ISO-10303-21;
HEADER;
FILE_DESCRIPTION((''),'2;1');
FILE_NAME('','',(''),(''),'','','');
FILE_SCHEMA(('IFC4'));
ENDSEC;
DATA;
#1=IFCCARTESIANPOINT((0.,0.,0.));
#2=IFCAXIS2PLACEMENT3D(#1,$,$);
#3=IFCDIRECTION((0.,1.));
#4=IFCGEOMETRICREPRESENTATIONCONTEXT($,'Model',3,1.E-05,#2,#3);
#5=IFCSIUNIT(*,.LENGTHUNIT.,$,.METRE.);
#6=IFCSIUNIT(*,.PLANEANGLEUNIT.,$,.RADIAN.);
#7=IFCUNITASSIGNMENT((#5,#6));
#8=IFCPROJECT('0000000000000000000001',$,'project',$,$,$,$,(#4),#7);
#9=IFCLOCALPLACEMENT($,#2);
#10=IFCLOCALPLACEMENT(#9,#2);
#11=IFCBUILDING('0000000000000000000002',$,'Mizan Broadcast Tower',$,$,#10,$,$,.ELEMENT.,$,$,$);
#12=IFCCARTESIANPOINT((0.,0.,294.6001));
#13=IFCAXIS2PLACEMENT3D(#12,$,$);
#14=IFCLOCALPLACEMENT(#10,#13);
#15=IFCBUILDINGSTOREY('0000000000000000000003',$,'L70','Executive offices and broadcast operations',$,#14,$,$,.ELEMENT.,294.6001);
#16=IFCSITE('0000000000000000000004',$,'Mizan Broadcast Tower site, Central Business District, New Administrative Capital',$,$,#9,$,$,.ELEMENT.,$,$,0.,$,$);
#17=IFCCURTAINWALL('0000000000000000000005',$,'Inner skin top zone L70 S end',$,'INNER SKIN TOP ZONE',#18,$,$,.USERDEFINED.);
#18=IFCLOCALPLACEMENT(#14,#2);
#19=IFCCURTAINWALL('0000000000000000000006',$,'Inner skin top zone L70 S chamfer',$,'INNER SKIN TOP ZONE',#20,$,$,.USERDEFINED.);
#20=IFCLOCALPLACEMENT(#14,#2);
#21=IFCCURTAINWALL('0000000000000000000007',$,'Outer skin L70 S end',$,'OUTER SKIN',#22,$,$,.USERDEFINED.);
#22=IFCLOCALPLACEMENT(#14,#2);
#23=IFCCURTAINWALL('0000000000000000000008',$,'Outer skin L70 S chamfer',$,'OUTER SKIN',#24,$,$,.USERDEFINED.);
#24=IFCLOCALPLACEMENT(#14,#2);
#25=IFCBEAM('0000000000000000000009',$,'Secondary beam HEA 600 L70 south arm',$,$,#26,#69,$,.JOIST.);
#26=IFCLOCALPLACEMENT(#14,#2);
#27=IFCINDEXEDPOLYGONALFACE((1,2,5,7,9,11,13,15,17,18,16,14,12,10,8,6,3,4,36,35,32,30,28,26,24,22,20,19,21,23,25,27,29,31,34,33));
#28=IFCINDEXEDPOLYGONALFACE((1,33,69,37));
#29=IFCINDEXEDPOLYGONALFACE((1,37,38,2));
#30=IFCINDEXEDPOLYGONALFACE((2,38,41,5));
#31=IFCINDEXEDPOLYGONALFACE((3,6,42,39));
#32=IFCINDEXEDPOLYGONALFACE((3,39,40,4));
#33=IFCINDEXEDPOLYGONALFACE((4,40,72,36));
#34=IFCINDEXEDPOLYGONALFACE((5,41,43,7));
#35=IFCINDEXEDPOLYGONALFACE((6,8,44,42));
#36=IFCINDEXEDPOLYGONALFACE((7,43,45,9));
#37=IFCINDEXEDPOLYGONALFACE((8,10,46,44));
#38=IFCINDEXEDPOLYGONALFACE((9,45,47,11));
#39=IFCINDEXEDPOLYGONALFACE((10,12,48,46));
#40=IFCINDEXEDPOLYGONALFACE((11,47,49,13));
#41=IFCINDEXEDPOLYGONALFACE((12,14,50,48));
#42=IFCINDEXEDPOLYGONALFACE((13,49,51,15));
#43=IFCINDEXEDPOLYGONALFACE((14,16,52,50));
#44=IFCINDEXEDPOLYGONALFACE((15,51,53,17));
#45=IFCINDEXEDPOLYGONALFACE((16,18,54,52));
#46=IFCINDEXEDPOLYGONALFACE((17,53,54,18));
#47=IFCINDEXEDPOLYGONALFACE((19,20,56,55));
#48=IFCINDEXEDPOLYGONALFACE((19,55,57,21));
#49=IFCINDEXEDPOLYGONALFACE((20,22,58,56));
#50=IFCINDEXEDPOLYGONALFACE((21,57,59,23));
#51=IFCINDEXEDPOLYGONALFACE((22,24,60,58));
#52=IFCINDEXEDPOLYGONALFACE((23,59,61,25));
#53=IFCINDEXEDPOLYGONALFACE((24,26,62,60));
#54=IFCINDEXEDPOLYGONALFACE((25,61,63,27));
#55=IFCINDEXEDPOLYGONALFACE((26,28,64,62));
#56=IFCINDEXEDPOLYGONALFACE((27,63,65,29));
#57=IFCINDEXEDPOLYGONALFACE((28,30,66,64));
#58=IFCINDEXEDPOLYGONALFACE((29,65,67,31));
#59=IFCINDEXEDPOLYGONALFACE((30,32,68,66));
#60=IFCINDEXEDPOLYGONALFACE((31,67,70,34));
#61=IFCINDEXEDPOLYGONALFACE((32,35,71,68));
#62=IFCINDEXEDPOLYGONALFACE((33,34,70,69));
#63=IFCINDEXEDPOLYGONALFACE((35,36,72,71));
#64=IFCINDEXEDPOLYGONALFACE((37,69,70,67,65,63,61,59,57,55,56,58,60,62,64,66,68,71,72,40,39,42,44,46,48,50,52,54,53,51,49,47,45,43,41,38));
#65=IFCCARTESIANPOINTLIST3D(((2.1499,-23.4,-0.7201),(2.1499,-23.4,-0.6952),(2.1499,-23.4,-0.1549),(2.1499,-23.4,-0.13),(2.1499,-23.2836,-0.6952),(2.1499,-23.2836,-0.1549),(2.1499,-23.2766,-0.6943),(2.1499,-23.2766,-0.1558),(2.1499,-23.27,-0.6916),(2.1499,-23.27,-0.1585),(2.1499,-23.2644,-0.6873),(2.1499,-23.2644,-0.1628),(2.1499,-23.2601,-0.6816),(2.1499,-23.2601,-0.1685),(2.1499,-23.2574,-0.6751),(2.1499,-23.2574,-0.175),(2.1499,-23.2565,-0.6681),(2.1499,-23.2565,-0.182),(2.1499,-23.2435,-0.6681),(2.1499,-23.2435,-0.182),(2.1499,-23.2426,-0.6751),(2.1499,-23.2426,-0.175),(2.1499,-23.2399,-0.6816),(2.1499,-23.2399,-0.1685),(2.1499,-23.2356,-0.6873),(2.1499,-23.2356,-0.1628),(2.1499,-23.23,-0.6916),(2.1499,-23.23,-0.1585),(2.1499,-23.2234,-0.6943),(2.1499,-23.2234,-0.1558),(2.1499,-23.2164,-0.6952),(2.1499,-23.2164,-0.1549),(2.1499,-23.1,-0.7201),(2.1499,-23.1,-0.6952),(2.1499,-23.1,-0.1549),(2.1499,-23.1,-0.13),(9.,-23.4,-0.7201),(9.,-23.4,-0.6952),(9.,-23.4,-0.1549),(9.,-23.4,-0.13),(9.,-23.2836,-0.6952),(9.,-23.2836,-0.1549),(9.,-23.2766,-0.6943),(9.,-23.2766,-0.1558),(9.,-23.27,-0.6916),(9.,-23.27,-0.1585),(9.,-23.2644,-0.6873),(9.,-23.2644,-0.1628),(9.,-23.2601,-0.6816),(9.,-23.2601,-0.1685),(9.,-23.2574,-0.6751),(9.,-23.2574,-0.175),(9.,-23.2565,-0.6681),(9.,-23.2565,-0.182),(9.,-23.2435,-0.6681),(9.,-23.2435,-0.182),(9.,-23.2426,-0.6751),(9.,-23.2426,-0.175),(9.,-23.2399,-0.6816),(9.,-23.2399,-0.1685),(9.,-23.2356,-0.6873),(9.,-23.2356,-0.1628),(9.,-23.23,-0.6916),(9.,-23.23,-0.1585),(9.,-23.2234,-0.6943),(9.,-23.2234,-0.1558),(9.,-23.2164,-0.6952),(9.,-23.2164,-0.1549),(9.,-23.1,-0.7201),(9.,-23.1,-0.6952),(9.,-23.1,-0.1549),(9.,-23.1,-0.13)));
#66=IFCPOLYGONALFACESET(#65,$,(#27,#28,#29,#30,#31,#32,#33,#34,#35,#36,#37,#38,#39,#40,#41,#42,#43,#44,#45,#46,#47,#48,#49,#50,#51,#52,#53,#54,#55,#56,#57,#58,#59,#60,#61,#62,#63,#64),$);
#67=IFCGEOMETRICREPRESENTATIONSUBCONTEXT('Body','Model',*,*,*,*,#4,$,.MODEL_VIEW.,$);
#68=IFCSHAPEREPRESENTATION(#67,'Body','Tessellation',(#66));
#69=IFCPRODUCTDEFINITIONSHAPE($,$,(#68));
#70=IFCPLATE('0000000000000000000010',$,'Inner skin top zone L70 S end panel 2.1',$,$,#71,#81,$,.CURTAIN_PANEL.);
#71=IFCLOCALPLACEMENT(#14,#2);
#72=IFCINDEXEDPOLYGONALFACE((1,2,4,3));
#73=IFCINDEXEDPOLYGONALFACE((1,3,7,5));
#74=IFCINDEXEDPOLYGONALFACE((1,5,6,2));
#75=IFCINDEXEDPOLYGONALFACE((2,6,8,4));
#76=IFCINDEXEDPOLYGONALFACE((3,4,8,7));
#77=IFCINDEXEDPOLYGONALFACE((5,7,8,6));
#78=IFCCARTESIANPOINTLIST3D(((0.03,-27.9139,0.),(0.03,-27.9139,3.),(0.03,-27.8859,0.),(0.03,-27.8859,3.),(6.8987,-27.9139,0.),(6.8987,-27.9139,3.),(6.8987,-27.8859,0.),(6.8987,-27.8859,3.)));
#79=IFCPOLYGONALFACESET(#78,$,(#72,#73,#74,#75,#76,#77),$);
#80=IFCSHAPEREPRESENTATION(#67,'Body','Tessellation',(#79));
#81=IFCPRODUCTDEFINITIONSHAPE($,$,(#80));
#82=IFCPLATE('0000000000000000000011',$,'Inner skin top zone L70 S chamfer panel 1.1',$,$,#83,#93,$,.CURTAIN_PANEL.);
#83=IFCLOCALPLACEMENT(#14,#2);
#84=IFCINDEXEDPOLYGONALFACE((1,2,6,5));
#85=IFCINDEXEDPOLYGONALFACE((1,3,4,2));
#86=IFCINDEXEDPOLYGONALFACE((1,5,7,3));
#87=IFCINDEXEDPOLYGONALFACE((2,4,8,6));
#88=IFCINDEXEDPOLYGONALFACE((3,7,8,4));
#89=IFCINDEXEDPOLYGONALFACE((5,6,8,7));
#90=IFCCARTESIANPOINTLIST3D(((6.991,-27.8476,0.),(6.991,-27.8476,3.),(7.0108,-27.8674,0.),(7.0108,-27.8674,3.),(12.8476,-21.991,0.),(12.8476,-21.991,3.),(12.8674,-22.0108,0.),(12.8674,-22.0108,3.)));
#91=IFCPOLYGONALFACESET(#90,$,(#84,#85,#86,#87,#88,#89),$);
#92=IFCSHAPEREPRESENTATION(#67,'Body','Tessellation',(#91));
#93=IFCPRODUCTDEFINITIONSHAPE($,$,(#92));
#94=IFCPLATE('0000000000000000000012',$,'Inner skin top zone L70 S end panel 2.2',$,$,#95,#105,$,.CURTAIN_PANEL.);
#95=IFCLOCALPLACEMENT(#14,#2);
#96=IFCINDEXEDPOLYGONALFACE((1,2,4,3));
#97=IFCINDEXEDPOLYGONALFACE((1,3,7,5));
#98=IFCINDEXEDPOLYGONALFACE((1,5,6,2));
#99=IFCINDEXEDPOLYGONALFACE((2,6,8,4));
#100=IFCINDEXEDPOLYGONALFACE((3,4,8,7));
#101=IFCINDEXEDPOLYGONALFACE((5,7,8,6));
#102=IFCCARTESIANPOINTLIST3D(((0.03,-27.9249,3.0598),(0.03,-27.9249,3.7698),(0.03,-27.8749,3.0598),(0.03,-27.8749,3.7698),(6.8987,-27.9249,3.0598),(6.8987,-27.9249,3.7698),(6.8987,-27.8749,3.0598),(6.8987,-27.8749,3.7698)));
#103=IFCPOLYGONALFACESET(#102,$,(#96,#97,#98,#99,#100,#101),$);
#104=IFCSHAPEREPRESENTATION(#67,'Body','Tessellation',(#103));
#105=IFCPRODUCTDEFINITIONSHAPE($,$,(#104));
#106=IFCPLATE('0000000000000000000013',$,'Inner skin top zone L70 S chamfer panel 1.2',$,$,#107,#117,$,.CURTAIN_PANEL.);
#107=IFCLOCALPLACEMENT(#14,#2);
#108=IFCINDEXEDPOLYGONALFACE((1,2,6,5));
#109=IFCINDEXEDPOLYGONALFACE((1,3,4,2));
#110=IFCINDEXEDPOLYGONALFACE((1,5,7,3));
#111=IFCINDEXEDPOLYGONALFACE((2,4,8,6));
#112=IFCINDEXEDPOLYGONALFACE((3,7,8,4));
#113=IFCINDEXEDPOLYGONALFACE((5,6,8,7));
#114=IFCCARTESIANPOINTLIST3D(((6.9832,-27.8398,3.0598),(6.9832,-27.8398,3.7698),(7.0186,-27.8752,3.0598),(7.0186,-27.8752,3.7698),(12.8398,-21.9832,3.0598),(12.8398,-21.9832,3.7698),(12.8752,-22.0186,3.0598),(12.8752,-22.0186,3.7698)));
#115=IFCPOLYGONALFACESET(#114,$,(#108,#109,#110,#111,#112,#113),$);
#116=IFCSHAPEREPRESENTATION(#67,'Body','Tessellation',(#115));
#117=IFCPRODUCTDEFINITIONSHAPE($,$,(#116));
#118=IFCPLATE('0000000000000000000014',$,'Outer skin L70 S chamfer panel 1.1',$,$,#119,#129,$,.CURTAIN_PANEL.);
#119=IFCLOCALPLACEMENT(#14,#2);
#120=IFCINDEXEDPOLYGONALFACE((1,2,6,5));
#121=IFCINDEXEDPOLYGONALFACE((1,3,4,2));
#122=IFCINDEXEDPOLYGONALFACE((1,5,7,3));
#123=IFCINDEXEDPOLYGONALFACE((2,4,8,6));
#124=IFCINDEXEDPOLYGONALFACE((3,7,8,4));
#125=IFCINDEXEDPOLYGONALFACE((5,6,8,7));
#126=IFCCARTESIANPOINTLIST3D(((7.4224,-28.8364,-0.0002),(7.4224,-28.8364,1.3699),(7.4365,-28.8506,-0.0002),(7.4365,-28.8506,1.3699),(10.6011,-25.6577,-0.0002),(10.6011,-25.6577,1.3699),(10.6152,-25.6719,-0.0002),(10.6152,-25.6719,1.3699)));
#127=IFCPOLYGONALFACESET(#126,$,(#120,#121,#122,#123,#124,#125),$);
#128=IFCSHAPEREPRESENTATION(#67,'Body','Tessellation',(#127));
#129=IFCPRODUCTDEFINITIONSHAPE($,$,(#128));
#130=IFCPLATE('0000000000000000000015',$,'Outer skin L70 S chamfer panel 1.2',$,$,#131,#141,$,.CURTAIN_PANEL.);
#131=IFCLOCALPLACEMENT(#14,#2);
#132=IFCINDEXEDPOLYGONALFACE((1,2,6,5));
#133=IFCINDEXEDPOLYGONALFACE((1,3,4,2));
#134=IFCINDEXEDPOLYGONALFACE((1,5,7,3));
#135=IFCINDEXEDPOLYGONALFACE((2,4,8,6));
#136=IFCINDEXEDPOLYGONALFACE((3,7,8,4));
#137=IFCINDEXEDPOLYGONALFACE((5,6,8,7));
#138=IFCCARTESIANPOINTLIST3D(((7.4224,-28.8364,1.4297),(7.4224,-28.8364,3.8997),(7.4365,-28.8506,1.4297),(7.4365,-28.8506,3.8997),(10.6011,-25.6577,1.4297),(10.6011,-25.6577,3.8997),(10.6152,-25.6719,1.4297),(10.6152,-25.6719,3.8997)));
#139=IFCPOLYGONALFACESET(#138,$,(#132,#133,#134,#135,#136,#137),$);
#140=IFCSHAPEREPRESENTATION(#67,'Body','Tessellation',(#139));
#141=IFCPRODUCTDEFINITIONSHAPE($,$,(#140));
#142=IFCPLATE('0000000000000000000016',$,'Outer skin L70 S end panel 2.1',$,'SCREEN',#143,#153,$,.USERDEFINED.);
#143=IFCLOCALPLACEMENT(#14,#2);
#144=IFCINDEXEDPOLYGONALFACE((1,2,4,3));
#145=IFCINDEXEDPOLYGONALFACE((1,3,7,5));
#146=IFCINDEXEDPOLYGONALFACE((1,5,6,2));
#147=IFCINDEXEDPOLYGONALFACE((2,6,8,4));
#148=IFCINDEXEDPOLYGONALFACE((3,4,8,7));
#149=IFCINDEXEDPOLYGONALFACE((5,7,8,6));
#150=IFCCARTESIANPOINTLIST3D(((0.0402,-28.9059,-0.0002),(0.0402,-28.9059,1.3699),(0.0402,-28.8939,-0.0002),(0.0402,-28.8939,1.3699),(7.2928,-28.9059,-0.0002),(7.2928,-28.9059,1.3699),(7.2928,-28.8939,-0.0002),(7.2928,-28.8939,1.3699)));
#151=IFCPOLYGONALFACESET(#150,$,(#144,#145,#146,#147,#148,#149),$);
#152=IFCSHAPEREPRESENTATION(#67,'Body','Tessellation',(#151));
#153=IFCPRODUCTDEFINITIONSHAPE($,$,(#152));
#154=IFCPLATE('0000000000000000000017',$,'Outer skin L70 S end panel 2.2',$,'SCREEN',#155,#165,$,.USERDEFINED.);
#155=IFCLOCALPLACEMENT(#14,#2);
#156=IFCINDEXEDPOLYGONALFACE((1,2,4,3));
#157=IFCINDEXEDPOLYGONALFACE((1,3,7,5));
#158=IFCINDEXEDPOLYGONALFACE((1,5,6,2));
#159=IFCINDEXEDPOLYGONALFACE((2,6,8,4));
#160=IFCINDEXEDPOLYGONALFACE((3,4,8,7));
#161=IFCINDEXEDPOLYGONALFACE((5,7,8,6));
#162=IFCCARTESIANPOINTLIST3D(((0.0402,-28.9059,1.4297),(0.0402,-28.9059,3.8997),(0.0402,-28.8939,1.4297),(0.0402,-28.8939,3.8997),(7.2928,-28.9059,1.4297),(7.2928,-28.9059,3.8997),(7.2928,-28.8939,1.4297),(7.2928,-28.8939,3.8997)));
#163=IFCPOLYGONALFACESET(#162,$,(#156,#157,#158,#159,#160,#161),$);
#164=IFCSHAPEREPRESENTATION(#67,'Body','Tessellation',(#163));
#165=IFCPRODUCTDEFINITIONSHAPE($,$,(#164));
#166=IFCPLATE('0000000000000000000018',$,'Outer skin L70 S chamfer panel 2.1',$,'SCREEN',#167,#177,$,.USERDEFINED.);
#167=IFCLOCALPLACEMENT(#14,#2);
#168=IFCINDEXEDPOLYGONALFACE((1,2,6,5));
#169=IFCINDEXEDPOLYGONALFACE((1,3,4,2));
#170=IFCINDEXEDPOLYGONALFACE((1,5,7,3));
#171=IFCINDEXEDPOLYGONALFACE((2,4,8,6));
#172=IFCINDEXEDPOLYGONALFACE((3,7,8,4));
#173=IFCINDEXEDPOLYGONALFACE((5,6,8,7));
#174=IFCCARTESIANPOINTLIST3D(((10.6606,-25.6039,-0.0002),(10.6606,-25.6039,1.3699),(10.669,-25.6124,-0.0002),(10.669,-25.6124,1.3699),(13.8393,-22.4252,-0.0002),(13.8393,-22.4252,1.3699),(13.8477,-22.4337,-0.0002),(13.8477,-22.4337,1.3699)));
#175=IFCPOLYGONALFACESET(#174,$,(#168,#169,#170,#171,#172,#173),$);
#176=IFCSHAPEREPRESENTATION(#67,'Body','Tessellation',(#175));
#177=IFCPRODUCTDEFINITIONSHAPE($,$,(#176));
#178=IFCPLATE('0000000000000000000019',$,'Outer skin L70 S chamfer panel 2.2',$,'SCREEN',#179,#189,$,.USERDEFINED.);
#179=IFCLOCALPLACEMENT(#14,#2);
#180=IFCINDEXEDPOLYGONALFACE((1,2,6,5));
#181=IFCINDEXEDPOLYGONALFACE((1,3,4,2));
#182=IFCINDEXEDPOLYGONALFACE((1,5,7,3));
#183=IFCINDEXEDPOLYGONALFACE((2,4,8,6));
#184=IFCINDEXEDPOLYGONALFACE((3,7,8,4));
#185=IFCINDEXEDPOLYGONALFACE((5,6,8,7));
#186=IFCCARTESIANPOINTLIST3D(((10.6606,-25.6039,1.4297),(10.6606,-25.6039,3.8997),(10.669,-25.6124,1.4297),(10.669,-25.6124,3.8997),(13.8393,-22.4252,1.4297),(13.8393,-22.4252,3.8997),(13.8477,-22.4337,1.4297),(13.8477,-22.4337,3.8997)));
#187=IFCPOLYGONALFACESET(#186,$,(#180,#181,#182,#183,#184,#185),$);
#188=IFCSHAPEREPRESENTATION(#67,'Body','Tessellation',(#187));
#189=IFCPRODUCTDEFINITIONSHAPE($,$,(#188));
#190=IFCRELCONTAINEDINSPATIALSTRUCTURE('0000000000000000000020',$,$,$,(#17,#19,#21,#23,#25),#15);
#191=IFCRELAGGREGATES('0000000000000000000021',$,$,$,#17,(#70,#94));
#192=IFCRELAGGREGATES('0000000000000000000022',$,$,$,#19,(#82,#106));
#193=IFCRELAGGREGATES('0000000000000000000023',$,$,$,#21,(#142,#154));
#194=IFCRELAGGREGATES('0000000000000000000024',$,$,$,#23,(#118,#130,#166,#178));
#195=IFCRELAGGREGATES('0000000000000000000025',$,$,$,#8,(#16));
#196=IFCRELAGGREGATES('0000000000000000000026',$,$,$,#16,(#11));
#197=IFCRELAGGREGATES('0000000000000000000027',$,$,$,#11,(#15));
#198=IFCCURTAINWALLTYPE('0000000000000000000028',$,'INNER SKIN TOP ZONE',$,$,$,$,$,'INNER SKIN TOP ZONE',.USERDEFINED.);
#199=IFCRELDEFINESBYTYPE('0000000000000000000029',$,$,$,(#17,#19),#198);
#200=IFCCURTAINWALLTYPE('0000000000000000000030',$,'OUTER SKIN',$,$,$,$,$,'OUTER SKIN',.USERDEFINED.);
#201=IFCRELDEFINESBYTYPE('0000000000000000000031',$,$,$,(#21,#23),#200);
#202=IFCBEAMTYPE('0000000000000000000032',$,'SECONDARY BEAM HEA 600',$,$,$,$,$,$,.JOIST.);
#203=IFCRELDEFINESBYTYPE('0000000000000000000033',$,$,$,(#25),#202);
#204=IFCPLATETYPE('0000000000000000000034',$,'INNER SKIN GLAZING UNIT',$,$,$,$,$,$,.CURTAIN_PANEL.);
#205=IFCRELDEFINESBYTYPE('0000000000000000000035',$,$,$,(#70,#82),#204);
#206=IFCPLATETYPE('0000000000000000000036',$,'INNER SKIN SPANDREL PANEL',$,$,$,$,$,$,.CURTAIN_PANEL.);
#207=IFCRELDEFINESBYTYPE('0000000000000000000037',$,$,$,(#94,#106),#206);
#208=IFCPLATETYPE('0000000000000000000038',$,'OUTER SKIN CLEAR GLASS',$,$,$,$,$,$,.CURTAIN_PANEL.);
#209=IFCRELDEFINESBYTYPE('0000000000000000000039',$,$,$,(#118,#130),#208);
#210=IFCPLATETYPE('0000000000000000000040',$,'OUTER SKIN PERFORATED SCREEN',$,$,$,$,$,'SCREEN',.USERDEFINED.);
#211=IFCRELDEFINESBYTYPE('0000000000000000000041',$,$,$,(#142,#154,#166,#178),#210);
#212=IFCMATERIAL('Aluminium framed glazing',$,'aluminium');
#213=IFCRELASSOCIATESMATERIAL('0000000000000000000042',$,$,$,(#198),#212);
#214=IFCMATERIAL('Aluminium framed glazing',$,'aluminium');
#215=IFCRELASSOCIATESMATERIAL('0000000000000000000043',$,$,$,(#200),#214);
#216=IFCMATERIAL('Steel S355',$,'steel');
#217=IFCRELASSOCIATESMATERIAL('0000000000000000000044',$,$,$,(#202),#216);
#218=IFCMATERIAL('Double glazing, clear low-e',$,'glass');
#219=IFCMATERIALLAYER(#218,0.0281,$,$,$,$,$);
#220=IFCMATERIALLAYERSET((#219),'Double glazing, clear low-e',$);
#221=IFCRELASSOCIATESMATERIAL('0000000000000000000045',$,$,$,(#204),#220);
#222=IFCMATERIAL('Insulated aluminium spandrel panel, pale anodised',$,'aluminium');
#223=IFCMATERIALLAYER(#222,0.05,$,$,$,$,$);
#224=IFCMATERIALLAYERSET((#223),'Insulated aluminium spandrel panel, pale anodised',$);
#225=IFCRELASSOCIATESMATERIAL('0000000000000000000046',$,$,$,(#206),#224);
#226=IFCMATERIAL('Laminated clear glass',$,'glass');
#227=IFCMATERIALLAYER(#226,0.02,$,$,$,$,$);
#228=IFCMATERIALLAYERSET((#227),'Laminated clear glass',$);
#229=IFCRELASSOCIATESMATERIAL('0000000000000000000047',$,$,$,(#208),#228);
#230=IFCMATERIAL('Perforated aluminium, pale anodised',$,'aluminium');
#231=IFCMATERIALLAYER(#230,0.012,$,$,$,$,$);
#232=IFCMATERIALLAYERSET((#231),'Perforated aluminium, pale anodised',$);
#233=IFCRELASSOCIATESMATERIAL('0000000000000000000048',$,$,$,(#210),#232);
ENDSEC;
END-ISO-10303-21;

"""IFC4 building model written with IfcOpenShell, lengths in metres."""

from ifc_helpers import new_model, si_unit, direction, frame, origin, origin_2d, place, context, subcontext, project, spatial, rectangle, i_section, extrude, material, layer, layer_set, material_profile, profile_set, type_object, element, aggregate, save


model = new_model("IFC4")

# Units and contexts
model_context = context("Model", 3, precision=1e-05, world=origin(), true_north=direction((0.0, 1.0)))
body_context = subcontext(model_context, "Body", "Model", "MODEL_VIEW")
ifc_project = project(units=[si_unit("LENGTHUNIT", "METRE"), si_unit("PLANEANGLEUNIT", "RADIAN")], contexts=[model_context])

# Site, building, storey
site_placement = place(None, origin())
site = spatial("IfcSite", under=ifc_project, at=site_placement, Name="Mizan Broadcast Tower site, Central Business District, New Administrative Capital", CompositionType="ELEMENT", RefElevation=0.0)
building_placement = place(site_placement, origin())
building = spatial("IfcBuilding", under=site, at=building_placement, Name="Mizan Broadcast Tower", CompositionType="ELEMENT")
storey_placement = place(building_placement, frame((0.0, 0.0, 294.6001)))
storey = spatial("IfcBuildingStorey", under=building, at=storey_placement, Name="L70", Description="Executive offices and broadcast operations", CompositionType="ELEMENT", Elevation=294.6001)

# Curtain walls
ifc_material_1 = material(Name="Aluminium framed glazing", Category="aluminium")
curtain_wall_type_1 = type_object("IfcCurtainWallType", Name="INNER SKIN TOP ZONE", ElementType="INNER SKIN TOP ZONE", PredefinedType="USERDEFINED", material=ifc_material_1)
curtain_wall_1_placement = place(storey_placement, origin())
curtain_wall_1 = element("IfcCurtainWall", 1, at=curtain_wall_1_placement, inside=storey, type_object=curtain_wall_type_1, Name="Inner skin top zone L70 S end", ObjectType="INNER SKIN TOP ZONE", PredefinedType="USERDEFINED")
curtain_wall_2_placement = place(storey_placement, origin())
curtain_wall_2 = element("IfcCurtainWall", 2, at=curtain_wall_2_placement, inside=storey, type_object=curtain_wall_type_1, Name="Inner skin top zone L70 S chamfer", ObjectType="INNER SKIN TOP ZONE", PredefinedType="USERDEFINED")

# Curtain walls
ifc_material_2 = material(Name="Aluminium framed glazing", Category="aluminium")
curtain_wall_type_2 = type_object("IfcCurtainWallType", Name="OUTER SKIN", ElementType="OUTER SKIN", PredefinedType="USERDEFINED", material=ifc_material_2)
curtain_wall_3_placement = place(storey_placement, origin())
curtain_wall_3 = element("IfcCurtainWall", 3, at=curtain_wall_3_placement, inside=storey, type_object=curtain_wall_type_2, Name="Outer skin L70 S end", ObjectType="OUTER SKIN", PredefinedType="USERDEFINED")
curtain_wall_4_placement = place(storey_placement, origin())
curtain_wall_4 = element("IfcCurtainWall", 4, at=curtain_wall_4_placement, inside=storey, type_object=curtain_wall_type_2, Name="Outer skin L70 S chamfer", ObjectType="OUTER SKIN", PredefinedType="USERDEFINED")

# Beam
ifc_material_3 = material(Name="Steel S355", Category="steel")
ifc_material_profile_1 = material_profile(ifc_material_3, i_section(OverallWidth=0.3, OverallDepth=0.5901, WebThickness=0.0129, FlangeThickness=0.0249, FilletRadius=0.0271, at=origin_2d()), Name="HEA 600")
ifc_profile_set_1 = profile_set([ifc_material_profile_1], Name="Steel S355")
beam_type_1 = type_object("IfcBeamType", Name="SECONDARY BEAM HEA 600", PredefinedType="JOIST", material=ifc_profile_set_1)
beam_1_placement = place(storey_placement, frame((9.0, -23.25, -0.425), z_axis=(-1.0, 0.0, 0.0), x_axis=(0.0, -1.0, 0.0)))
element("IfcBeam", 5, at=beam_1_placement, inside=storey, type_object=beam_type_1, Name="Secondary beam HEA 600 L70 south arm", PredefinedType="JOIST", context=body_context, shape_type="SweptSolid", body=[
    extrude(i_section(OverallWidth=0.3, OverallDepth=0.5901, WebThickness=0.0129, FlangeThickness=0.0249, FilletRadius=0.0271, at=origin_2d()), origin(), (0.0, 0.0, 1.0), 6.8501),
])

# Plates
ifc_material_4 = material(Name="Double glazing, clear low-e", Category="glass")
ifc_layer_1 = layer(ifc_material_4, 0.0281)
ifc_layer_set_1 = layer_set([ifc_layer_1], Name="Double glazing, clear low-e")
plate_type_1 = type_object("IfcPlateType", Name="INNER SKIN GLAZING UNIT", PredefinedType="CURTAIN_PANEL", material=ifc_layer_set_1)
plate_1_placement = place(storey_placement, frame((3.4644, -27.8999, 0.0), z_axis=(0.0, 0.0, 1.0), x_axis=(1.0, 0.0, 0.0)))
plate_1 = element("IfcPlate", 6, at=plate_1_placement, type_object=plate_type_1, Name="Inner skin top zone L70 S end panel 2.1", PredefinedType="CURTAIN_PANEL", context=body_context, shape_type="SweptSolid", body=[
    extrude(rectangle(XDim=6.8687, YDim=0.0281, at=origin_2d()), origin(), (0.0, 0.0, 1.0), 3.0),
])
plate_2_placement = place(storey_placement, frame((9.9292, -24.9292, 0.0), z_axis=(0.0, 0.0, 1.0), x_axis=(0.707107, 0.707107, 0.0)))
plate_2 = element("IfcPlate", 7, at=plate_2_placement, type_object=plate_type_1, Name="Inner skin top zone L70 S chamfer panel 1.1", PredefinedType="CURTAIN_PANEL", context=body_context, shape_type="SweptSolid", body=[
    extrude(rectangle(XDim=8.2825, YDim=0.0281, at=origin_2d()), origin(), (0.0, 0.0, 1.0), 3.0),
])
ifc_material_5 = material(Name="Insulated aluminium spandrel panel, pale anodised", Category="aluminium")
ifc_layer_2 = layer(ifc_material_5, 0.05)
ifc_layer_set_2 = layer_set([ifc_layer_2], Name="Insulated aluminium spandrel panel, pale anodised")
plate_type_2 = type_object("IfcPlateType", Name="INNER SKIN SPANDREL PANEL", PredefinedType="CURTAIN_PANEL", material=ifc_layer_set_2)
plate_3_placement = place(storey_placement, frame((3.4644, -27.8999, 3.0598), z_axis=(0.0, 0.0, 1.0), x_axis=(1.0, 0.0, 0.0)))
plate_3 = element("IfcPlate", 8, at=plate_3_placement, type_object=plate_type_2, Name="Inner skin top zone L70 S end panel 2.2", PredefinedType="CURTAIN_PANEL", context=body_context, shape_type="SweptSolid", body=[
    extrude(rectangle(XDim=6.8687, YDim=0.05, at=origin_2d()), origin(), (0.0, 0.0, 1.0), 0.71),
])
aggregate(curtain_wall_1, [plate_1, plate_3])
plate_4_placement = place(storey_placement, frame((9.9292, -24.9292, 3.0598), z_axis=(0.0, 0.0, 1.0), x_axis=(0.707107, 0.707107, 0.0)))
plate_4 = element("IfcPlate", 9, at=plate_4_placement, type_object=plate_type_2, Name="Inner skin top zone L70 S chamfer panel 1.2", PredefinedType="CURTAIN_PANEL", context=body_context, shape_type="SweptSolid", body=[
    extrude(rectangle(XDim=8.2825, YDim=0.05, at=origin_2d()), origin(), (0.0, 0.0, 1.0), 0.71),
])
aggregate(curtain_wall_2, [plate_2, plate_4])
ifc_material_6 = material(Name="Laminated clear glass", Category="glass")
ifc_layer_3 = layer(ifc_material_6, 0.02)
ifc_layer_set_3 = layer_set([ifc_layer_3], Name="Laminated clear glass")
plate_type_3 = type_object("IfcPlateType", Name="OUTER SKIN CLEAR GLASS", PredefinedType="CURTAIN_PANEL", material=ifc_layer_set_3)
plate_5_placement = place(storey_placement, frame((9.0188, -27.2542, -0.0002), z_axis=(0.0, 0.0, 1.0), x_axis=(0.707107, 0.707107, 0.0)))
plate_5 = element("IfcPlate", 10, at=plate_5_placement, type_object=plate_type_3, Name="Outer skin L70 S chamfer panel 1.1", PredefinedType="CURTAIN_PANEL", context=body_context, shape_type="SweptSolid", body=[
    extrude(rectangle(XDim=4.4954, YDim=0.02, at=origin_2d()), origin(), (0.0, 0.0, 1.0), 1.3701),
])
plate_6_placement = place(storey_placement, frame((9.0188, -27.2542, 1.4297), z_axis=(0.0, 0.0, 1.0), x_axis=(0.707107, 0.707107, 0.0)))
plate_6 = element("IfcPlate", 11, at=plate_6_placement, type_object=plate_type_3, Name="Outer skin L70 S chamfer panel 1.2", PredefinedType="CURTAIN_PANEL", context=body_context, shape_type="SweptSolid", body=[
    extrude(rectangle(XDim=4.4954, YDim=0.02, at=origin_2d()), origin(), (0.0, 0.0, 1.0), 2.47),
])
ifc_material_7 = material(Name="Perforated aluminium, pale anodised", Category="aluminium")
ifc_layer_4 = layer(ifc_material_7, 0.012)
ifc_layer_set_4 = layer_set([ifc_layer_4], Name="Perforated aluminium, pale anodised")
plate_type_4 = type_object("IfcPlateType", Name="OUTER SKIN PERFORATED SCREEN", ElementType="SCREEN", PredefinedType="USERDEFINED", material=ifc_layer_set_4)
plate_7_placement = place(storey_placement, frame((3.6665, -28.8999, -0.0002), z_axis=(0.0, 0.0, 1.0), x_axis=(1.0, 0.0, 0.0)))
plate_7 = element("IfcPlate", 12, at=plate_7_placement, type_object=plate_type_4, Name="Outer skin L70 S end panel 2.1", ObjectType="SCREEN", PredefinedType="USERDEFINED", context=body_context, shape_type="SweptSolid", body=[
    extrude(rectangle(XDim=7.2527, YDim=0.012, at=origin_2d()), origin(), (0.0, 0.0, 1.0), 1.3701),
])
plate_8_placement = place(storey_placement, frame((3.6665, -28.8999, 1.4297), z_axis=(0.0, 0.0, 1.0), x_axis=(1.0, 0.0, 0.0)))
plate_8 = element("IfcPlate", 13, at=plate_8_placement, type_object=plate_type_4, Name="Outer skin L70 S end panel 2.2", ObjectType="SCREEN", PredefinedType="USERDEFINED", context=body_context, shape_type="SweptSolid", body=[
    extrude(rectangle(XDim=7.2527, YDim=0.012, at=origin_2d()), origin(), (0.0, 0.0, 1.0), 2.47),
])
aggregate(curtain_wall_3, [plate_7, plate_8])
plate_9_placement = place(storey_placement, frame((12.2542, -24.0188, -0.0002), z_axis=(0.0, 0.0, 1.0), x_axis=(0.707107, 0.707107, 0.0)))
plate_9 = element("IfcPlate", 14, at=plate_9_placement, type_object=plate_type_4, Name="Outer skin L70 S chamfer panel 2.1", ObjectType="SCREEN", PredefinedType="USERDEFINED", context=body_context, shape_type="SweptSolid", body=[
    extrude(rectangle(XDim=4.4954, YDim=0.012, at=origin_2d()), origin(), (0.0, 0.0, 1.0), 1.3701),
])
plate_10_placement = place(storey_placement, frame((12.2542, -24.0188, 1.4297), z_axis=(0.0, 0.0, 1.0), x_axis=(0.707107, 0.707107, 0.0)))
plate_10 = element("IfcPlate", 15, at=plate_10_placement, type_object=plate_type_4, Name="Outer skin L70 S chamfer panel 2.2", ObjectType="SCREEN", PredefinedType="USERDEFINED", context=body_context, shape_type="SweptSolid", body=[
    extrude(rectangle(XDim=4.4954, YDim=0.012, at=origin_2d()), origin(), (0.0, 0.0, 1.0), 2.47),
])
aggregate(curtain_wall_4, [plate_5, plate_6, plate_9, plate_10])

save(model, "model.ifc")
